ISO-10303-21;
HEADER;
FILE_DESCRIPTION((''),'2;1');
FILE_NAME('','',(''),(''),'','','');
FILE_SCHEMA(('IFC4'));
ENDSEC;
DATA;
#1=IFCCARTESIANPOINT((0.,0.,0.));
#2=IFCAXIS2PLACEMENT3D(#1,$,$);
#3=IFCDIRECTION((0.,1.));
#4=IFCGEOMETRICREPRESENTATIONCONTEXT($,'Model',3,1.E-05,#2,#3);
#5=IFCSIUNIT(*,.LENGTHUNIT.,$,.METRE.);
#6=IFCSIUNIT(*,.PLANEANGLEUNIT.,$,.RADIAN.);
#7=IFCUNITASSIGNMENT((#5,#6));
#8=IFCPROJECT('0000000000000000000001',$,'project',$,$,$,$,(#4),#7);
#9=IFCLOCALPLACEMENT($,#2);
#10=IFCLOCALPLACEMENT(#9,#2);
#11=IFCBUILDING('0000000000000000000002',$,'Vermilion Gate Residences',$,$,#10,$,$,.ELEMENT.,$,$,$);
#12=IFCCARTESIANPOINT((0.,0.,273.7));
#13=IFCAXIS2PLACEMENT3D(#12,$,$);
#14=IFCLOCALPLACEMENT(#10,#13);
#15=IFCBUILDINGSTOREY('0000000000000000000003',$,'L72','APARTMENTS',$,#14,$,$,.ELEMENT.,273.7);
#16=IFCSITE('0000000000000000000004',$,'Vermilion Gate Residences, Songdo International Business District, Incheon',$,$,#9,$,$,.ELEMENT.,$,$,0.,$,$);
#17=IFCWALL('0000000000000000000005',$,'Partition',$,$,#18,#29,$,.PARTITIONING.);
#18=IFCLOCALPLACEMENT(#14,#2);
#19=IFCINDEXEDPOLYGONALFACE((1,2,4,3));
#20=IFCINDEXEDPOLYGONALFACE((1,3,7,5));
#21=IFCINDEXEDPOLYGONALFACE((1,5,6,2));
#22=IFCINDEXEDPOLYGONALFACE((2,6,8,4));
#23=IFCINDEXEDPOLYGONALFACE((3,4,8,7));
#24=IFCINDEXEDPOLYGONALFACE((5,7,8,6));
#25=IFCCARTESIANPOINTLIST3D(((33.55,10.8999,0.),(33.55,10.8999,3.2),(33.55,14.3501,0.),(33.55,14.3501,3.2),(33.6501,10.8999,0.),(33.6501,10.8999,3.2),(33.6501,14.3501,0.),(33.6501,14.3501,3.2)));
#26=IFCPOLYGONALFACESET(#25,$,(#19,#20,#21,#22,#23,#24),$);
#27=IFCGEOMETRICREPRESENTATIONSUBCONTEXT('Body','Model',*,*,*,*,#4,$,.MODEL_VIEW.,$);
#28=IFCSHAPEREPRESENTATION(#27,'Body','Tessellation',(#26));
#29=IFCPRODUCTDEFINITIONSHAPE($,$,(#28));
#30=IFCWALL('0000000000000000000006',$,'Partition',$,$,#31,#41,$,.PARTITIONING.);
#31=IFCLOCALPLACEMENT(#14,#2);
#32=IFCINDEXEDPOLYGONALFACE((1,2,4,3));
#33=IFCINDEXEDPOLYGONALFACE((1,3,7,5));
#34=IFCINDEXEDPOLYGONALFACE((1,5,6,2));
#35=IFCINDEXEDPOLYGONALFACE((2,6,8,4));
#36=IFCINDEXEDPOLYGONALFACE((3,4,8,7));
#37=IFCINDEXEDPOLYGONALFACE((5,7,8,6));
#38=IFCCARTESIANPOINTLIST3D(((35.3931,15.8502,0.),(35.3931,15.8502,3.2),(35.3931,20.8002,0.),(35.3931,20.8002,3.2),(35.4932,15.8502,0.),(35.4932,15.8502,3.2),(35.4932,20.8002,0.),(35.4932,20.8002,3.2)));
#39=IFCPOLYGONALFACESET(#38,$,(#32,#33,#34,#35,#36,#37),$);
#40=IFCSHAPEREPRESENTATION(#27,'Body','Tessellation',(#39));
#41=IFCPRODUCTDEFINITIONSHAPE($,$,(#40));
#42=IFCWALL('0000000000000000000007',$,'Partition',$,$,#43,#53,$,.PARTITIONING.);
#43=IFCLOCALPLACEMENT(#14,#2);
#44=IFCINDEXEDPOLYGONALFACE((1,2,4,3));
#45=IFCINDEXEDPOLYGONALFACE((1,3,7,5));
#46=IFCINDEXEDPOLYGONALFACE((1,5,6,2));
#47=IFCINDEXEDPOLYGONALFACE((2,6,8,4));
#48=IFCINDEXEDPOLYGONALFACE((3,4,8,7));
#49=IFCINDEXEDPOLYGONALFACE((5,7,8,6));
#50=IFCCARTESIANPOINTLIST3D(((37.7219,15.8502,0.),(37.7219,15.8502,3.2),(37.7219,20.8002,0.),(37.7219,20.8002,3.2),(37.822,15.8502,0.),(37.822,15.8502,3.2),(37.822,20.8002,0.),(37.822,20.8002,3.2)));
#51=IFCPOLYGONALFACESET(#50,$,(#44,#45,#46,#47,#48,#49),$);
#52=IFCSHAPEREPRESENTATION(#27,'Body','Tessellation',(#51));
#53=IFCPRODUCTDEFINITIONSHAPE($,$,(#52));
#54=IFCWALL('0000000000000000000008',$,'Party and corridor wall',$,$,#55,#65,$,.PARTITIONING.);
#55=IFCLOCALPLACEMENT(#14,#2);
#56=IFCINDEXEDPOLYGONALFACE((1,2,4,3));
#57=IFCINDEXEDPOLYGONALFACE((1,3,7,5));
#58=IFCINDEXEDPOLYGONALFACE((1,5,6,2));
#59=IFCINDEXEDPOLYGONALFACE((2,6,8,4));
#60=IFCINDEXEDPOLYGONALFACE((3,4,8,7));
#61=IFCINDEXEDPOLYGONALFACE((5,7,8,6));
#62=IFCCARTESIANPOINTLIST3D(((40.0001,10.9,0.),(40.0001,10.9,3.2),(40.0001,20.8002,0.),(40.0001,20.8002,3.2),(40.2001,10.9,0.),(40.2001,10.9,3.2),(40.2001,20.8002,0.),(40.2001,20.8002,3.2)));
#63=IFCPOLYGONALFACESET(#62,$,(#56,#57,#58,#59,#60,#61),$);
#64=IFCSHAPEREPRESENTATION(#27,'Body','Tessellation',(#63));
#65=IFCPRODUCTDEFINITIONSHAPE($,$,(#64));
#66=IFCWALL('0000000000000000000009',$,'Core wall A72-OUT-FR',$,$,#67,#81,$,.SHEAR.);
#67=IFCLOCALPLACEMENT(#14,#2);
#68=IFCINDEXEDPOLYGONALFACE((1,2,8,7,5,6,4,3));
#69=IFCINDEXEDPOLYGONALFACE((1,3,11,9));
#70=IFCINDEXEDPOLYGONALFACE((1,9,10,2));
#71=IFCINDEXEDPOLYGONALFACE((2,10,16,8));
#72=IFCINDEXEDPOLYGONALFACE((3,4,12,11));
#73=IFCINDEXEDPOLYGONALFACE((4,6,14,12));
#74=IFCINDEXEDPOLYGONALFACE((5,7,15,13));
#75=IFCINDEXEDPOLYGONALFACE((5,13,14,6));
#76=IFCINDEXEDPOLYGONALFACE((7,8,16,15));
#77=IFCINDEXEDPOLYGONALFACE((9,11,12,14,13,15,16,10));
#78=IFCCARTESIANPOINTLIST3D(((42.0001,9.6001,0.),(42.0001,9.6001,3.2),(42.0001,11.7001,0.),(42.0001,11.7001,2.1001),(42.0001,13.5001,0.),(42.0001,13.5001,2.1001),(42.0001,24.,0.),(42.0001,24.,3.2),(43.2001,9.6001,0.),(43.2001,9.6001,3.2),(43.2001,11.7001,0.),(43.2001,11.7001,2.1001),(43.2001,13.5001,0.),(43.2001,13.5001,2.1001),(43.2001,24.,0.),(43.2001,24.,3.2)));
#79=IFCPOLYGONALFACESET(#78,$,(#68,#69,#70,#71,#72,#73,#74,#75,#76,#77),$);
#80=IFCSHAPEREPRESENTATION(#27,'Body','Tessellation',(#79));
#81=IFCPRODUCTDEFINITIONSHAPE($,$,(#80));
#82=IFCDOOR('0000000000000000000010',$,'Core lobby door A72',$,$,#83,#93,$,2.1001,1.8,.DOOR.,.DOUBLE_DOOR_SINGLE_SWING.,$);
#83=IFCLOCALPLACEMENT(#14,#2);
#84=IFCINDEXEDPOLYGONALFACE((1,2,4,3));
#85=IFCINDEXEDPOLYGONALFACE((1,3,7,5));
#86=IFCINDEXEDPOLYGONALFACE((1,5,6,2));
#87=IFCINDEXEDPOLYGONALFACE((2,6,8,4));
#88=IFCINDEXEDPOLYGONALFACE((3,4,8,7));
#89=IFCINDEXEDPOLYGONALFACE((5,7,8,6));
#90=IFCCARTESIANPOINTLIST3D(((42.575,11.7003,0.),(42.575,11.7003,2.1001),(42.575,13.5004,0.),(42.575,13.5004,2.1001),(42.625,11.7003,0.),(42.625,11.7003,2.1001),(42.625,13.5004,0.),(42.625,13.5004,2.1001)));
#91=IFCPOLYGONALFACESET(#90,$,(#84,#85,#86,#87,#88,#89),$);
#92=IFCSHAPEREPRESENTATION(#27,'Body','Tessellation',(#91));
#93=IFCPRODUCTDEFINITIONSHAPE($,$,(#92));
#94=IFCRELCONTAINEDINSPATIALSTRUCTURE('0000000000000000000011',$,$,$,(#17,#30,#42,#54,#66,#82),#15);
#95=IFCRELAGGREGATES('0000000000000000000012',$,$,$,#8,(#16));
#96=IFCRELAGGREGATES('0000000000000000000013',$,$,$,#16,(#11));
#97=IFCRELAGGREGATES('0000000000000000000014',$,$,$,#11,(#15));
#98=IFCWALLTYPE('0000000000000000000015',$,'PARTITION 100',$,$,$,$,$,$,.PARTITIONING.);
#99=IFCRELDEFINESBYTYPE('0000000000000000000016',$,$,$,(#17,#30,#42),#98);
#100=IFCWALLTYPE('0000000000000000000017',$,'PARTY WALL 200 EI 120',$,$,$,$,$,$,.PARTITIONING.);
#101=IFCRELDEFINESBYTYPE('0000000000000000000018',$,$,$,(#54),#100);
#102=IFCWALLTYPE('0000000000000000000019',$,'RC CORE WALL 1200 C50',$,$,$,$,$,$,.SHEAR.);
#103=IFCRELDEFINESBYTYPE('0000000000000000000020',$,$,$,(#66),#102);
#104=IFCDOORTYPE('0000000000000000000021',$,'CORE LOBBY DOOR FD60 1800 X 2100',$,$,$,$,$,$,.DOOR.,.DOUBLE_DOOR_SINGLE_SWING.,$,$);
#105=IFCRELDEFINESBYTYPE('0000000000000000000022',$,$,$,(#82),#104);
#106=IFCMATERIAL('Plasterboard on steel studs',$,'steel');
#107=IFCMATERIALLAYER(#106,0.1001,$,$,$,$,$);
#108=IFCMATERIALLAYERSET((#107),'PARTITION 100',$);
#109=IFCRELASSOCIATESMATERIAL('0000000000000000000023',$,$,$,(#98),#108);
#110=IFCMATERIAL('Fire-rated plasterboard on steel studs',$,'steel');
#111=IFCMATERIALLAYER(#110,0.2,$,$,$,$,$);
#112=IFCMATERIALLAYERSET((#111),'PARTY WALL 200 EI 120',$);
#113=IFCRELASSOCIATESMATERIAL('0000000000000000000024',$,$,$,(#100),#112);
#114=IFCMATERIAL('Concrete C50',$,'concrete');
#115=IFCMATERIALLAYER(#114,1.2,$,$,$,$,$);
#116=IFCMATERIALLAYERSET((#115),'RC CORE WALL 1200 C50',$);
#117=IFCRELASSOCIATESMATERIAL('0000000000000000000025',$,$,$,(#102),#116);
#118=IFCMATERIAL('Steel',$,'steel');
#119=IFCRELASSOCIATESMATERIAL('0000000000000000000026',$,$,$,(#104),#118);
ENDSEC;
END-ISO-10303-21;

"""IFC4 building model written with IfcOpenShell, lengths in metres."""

from ifc_helpers import new_model, si_unit, direction, frame, frame_2d, origin, place, context, subcontext, project, spatial, rectangle, extrude, material, layer, layer_set, type_object, element, fill, save


model = new_model("IFC4")

# Units and contexts
model_context = context("Model", 3, precision=1e-05, world=origin(), true_north=direction((0.0, 1.0)))
body_context = subcontext(model_context, "Body", "Model", "MODEL_VIEW")
ifc_project = project(units=[si_unit("LENGTHUNIT", "METRE"), si_unit("PLANEANGLEUNIT", "RADIAN")], contexts=[model_context])

# Site, building, storey
site_placement = place(None, origin())
site = spatial("IfcSite", under=ifc_project, at=site_placement, Name="Vermilion Gate Residences, Songdo International Business District, Incheon", CompositionType="ELEMENT", RefElevation=0.0)
building_placement = place(site_placement, origin())
building = spatial("IfcBuilding", under=site, at=building_placement, Name="Vermilion Gate Residences", CompositionType="ELEMENT")
storey_placement = place(building_placement, frame((0.0, 0.0, 273.7)))
storey = spatial("IfcBuildingStorey", under=building, at=storey_placement, Name="L72", Description="APARTMENTS", CompositionType="ELEMENT", Elevation=273.7)

# Walls
ifc_material_1 = material(Name="Plasterboard on steel studs", Category="steel")
ifc_layer_1 = layer(ifc_material_1, 0.1001)
ifc_layer_set_1 = layer_set([ifc_layer_1], Name="PARTITION 100")
wall_type_1 = type_object("IfcWallType", Name="PARTITION 100", PredefinedType="PARTITIONING", material=ifc_layer_set_1)
wall_1_placement = place(storey_placement, frame((33.6001, 10.8999, 0.0), z_axis=(0.0, 0.0, 1.0), x_axis=(0.0, 1.0, 0.0)))
element("IfcWall", 1, at=wall_1_placement, inside=storey, type_object=wall_type_1, Name="Partition", PredefinedType="PARTITIONING", context=body_context, shape_type="SweptSolid", body=[
    extrude(rectangle(XDim=3.4502, YDim=0.1001, at=frame_2d((1.7251, 0.0))), origin(), (0.0, 0.0, 1.0), 3.2),
])
for number, where, z_axis, x_axis, name in (
    (2, (35.4431, 15.8501, 0.0), (0.0, 0.0, 1.0), (0.0, 1.0, 0.0), "Partition"),
    (3, (37.772, 15.8501, 0.0), (0.0, 0.0, 1.0), (0.0, 1.0, 0.0), "Partition"),
):
    element("IfcWall", number, at=place(storey_placement, frame(where, z_axis=z_axis, x_axis=x_axis)), inside=storey, type_object=wall_type_1, Name=name, PredefinedType="PARTITIONING", context=body_context, shape_type="SweptSolid", body=[
        extrude(rectangle(XDim=4.95, YDim=0.1001, at=frame_2d((2.4751, 0.0))), origin(), (0.0, 0.0, 1.0), 3.2),
    ])
ifc_material_2 = material(Name="Fire-rated plasterboard on steel studs", Category="steel")
ifc_layer_2 = layer(ifc_material_2, 0.2)
ifc_layer_set_2 = layer_set([ifc_layer_2], Name="PARTY WALL 200 EI 120")
wall_type_2 = type_object("IfcWallType", Name="PARTY WALL 200 EI 120", PredefinedType="PARTITIONING", material=ifc_layer_set_2)
wall_2_placement = place(storey_placement, frame((40.1001, 10.8999, 0.0), z_axis=(0.0, 0.0, 1.0), x_axis=(0.0, 1.0, 0.0)))
element("IfcWall", 4, at=wall_2_placement, inside=storey, type_object=wall_type_2, Name="Party and corridor wall", PredefinedType="PARTITIONING", context=body_context, shape_type="SweptSolid", body=[
    extrude(rectangle(XDim=9.9001, YDim=0.2, at=frame_2d((4.9502, 0.0))), origin(), (0.0, 0.0, 1.0), 3.2),
])

# Wall, opening, door
ifc_material_3 = material(Name="Concrete C50", Category="concrete")
ifc_layer_3 = layer(ifc_material_3, 1.2)
ifc_layer_set_3 = layer_set([ifc_layer_3], Name="RC CORE WALL 1200 C50")
wall_type_3 = type_object("IfcWallType", Name="RC CORE WALL 1200 C50", PredefinedType="SHEAR", material=ifc_layer_set_3)
wall_3_placement = place(storey_placement, frame((42.6001, 9.6001, 0.0), z_axis=(0.0, 0.0, 1.0), x_axis=(0.0, 1.0, 0.0)))
wall_3 = element("IfcWall", 5, at=wall_3_placement, inside=storey, type_object=wall_type_3, Name="Core wall A72-OUT-FR", PredefinedType="SHEAR", context=body_context, shape_type="SweptSolid", body=[
    extrude(rectangle(XDim=14.3999, YDim=1.2, at=frame_2d((7.2, 0.0))), origin(), (0.0, 0.0, 1.0), 3.2),
])
opening_1_placement = place(wall_3_placement, frame((2.1001, 0.0, 0.0)))
opening_1 = element("IfcOpeningElement", 6, at=opening_1_placement, cuts=wall_3, PredefinedType="OPENING", context=body_context, shape_type="SweptSolid", body=[
    extrude(rectangle(XDim=1.8, YDim=2.1001, at=frame_2d((0.8999, 1.05))), frame((0.0, 0.6099, 0.0), z_axis=(0.0, -1.0, 0.0), x_axis=(1.0, 0.0, 0.0)), (0.0, 0.0, 1.0), 1.22),
])
ifc_material_4 = material(Name="Steel", Category="steel")
door_type_1 = type_object("IfcDoorType", Name="CORE LOBBY DOOR FD60 1800 X 2100", OperationType="DOUBLE_DOOR_SINGLE_SWING", PredefinedType="DOOR", material=ifc_material_4)
door_1_placement = place(opening_1_placement, frame((1.8, 0.0, 0.0), z_axis=(0.0, 0.0, 1.0), x_axis=(-1.0, 0.0, 0.0)))
door_1 = element("IfcDoor", 7, at=door_1_placement, inside=storey, type_object=door_type_1, Name="Core lobby door A72", OperationType="DOUBLE_DOOR_SINGLE_SWING", OverallHeight=2.1001, OverallWidth=1.8, PredefinedType="DOOR", context=body_context, shape_type="SweptSolid", body=[
    extrude(rectangle(XDim=1.8, YDim=2.1001, at=frame_2d((0.8999, 1.05))), frame((0.0, 0.0249, 0.0), z_axis=(0.0, -1.0, 0.0), x_axis=(1.0, 0.0, 0.0)), (0.0, 0.0, 1.0), 0.05),
])
fill(opening_1, door_1)

save(model, "model.ifc")
